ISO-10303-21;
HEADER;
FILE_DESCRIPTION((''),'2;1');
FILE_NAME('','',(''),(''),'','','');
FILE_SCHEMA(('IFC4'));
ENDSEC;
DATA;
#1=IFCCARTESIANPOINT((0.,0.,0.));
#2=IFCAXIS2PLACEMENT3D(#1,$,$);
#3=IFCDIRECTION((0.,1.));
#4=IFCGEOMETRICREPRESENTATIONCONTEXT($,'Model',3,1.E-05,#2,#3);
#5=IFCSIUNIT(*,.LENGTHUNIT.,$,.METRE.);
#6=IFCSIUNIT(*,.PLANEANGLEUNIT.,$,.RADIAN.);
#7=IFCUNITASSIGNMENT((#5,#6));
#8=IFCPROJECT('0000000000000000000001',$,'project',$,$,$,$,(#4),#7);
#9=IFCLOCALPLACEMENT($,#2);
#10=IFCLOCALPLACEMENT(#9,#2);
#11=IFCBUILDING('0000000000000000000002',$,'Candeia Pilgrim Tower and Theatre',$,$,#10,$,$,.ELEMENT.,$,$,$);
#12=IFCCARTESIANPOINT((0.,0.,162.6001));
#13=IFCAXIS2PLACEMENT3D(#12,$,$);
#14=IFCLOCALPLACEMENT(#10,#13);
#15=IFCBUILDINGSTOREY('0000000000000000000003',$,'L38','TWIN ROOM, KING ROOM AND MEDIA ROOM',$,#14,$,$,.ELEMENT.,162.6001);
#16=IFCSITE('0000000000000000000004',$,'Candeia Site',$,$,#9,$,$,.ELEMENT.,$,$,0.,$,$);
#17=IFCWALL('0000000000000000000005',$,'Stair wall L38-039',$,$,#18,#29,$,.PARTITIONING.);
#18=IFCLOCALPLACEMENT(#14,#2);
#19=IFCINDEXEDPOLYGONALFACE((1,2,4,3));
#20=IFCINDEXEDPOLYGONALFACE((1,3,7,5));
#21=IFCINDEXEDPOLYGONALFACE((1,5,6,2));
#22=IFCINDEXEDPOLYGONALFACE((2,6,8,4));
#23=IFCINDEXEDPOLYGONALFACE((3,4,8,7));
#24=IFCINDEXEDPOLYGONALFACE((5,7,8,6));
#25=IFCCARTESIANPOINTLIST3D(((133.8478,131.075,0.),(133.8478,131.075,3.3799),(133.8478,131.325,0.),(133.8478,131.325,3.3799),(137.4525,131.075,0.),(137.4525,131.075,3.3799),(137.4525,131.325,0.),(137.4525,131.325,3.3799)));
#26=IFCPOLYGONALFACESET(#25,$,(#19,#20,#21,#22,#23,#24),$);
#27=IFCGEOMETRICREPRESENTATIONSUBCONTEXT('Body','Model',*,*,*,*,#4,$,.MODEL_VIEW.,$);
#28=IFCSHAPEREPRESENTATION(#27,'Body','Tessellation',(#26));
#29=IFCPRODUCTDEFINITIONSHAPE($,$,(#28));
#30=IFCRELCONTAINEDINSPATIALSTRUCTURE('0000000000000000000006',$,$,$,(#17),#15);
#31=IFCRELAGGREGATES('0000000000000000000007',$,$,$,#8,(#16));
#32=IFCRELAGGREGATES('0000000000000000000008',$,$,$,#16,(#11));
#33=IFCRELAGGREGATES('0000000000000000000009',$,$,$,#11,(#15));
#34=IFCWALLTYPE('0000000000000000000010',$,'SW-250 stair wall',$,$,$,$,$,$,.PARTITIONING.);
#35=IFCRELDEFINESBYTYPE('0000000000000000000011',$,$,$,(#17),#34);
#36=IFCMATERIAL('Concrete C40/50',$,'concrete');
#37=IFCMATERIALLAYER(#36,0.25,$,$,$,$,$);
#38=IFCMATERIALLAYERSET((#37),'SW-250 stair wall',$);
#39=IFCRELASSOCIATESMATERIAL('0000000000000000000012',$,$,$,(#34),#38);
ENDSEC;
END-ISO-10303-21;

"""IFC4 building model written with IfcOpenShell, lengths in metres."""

from ifc_helpers import new_model, si_unit, direction, frame, frame_2d, origin, place, context, subcontext, project, spatial, rectangle, extrude, material, layer, layer_set, type_object, element, save


model = new_model("IFC4")

# Units and contexts
model_context = context("Model", 3, precision=1e-05, world=origin(), true_north=direction((0.0, 1.0)))
body_context = subcontext(model_context, "Body", "Model", "MODEL_VIEW")
ifc_project = project(units=[si_unit("LENGTHUNIT", "METRE"), si_unit("PLANEANGLEUNIT", "RADIAN")], contexts=[model_context])

# Site, building, storey
site_placement = place(None, origin())
site = spatial("IfcSite", under=ifc_project, at=site_placement, Name="Candeia Site", CompositionType="ELEMENT", RefElevation=0.0)
building_placement = place(site_placement, origin())
building = spatial("IfcBuilding", under=site, at=building_placement, Name="Candeia Pilgrim Tower and Theatre", CompositionType="ELEMENT")
storey_placement = place(building_placement, frame((0.0, 0.0, 162.6001)))
storey = spatial("IfcBuildingStorey", under=building, at=storey_placement, Name="L38", Description="TWIN ROOM, KING ROOM AND MEDIA ROOM", CompositionType="ELEMENT", Elevation=162.6001)

# Shared definitions
ifc_material_1 = material(Name="Concrete C40/50", Category="concrete")

# Wall
ifc_layer_1 = layer(ifc_material_1, 0.25)
ifc_layer_set_1 = layer_set([ifc_layer_1], Name="SW-250 stair wall")
wall_type_1 = type_object("IfcWallType", Name="SW-250 stair wall", PredefinedType="PARTITIONING", material=ifc_layer_set_1)
wall_1_placement = place(storey_placement, frame((133.8479, 131.2, 0.0), z_axis=(0.0, 0.0, 1.0), x_axis=(1.0, 0.0, 0.0)))
element("IfcWall", 1, at=wall_1_placement, inside=storey, type_object=wall_type_1, Name="Stair wall L38-039", PredefinedType="PARTITIONING", context=body_context, shape_type="SweptSolid", body=[
    extrude(rectangle(XDim=3.6047, YDim=0.25, at=frame_2d((1.8022, 0.0))), origin(), (0.0, 0.0, 1.0), 3.3799),
])

save(model, "model.ifc")
